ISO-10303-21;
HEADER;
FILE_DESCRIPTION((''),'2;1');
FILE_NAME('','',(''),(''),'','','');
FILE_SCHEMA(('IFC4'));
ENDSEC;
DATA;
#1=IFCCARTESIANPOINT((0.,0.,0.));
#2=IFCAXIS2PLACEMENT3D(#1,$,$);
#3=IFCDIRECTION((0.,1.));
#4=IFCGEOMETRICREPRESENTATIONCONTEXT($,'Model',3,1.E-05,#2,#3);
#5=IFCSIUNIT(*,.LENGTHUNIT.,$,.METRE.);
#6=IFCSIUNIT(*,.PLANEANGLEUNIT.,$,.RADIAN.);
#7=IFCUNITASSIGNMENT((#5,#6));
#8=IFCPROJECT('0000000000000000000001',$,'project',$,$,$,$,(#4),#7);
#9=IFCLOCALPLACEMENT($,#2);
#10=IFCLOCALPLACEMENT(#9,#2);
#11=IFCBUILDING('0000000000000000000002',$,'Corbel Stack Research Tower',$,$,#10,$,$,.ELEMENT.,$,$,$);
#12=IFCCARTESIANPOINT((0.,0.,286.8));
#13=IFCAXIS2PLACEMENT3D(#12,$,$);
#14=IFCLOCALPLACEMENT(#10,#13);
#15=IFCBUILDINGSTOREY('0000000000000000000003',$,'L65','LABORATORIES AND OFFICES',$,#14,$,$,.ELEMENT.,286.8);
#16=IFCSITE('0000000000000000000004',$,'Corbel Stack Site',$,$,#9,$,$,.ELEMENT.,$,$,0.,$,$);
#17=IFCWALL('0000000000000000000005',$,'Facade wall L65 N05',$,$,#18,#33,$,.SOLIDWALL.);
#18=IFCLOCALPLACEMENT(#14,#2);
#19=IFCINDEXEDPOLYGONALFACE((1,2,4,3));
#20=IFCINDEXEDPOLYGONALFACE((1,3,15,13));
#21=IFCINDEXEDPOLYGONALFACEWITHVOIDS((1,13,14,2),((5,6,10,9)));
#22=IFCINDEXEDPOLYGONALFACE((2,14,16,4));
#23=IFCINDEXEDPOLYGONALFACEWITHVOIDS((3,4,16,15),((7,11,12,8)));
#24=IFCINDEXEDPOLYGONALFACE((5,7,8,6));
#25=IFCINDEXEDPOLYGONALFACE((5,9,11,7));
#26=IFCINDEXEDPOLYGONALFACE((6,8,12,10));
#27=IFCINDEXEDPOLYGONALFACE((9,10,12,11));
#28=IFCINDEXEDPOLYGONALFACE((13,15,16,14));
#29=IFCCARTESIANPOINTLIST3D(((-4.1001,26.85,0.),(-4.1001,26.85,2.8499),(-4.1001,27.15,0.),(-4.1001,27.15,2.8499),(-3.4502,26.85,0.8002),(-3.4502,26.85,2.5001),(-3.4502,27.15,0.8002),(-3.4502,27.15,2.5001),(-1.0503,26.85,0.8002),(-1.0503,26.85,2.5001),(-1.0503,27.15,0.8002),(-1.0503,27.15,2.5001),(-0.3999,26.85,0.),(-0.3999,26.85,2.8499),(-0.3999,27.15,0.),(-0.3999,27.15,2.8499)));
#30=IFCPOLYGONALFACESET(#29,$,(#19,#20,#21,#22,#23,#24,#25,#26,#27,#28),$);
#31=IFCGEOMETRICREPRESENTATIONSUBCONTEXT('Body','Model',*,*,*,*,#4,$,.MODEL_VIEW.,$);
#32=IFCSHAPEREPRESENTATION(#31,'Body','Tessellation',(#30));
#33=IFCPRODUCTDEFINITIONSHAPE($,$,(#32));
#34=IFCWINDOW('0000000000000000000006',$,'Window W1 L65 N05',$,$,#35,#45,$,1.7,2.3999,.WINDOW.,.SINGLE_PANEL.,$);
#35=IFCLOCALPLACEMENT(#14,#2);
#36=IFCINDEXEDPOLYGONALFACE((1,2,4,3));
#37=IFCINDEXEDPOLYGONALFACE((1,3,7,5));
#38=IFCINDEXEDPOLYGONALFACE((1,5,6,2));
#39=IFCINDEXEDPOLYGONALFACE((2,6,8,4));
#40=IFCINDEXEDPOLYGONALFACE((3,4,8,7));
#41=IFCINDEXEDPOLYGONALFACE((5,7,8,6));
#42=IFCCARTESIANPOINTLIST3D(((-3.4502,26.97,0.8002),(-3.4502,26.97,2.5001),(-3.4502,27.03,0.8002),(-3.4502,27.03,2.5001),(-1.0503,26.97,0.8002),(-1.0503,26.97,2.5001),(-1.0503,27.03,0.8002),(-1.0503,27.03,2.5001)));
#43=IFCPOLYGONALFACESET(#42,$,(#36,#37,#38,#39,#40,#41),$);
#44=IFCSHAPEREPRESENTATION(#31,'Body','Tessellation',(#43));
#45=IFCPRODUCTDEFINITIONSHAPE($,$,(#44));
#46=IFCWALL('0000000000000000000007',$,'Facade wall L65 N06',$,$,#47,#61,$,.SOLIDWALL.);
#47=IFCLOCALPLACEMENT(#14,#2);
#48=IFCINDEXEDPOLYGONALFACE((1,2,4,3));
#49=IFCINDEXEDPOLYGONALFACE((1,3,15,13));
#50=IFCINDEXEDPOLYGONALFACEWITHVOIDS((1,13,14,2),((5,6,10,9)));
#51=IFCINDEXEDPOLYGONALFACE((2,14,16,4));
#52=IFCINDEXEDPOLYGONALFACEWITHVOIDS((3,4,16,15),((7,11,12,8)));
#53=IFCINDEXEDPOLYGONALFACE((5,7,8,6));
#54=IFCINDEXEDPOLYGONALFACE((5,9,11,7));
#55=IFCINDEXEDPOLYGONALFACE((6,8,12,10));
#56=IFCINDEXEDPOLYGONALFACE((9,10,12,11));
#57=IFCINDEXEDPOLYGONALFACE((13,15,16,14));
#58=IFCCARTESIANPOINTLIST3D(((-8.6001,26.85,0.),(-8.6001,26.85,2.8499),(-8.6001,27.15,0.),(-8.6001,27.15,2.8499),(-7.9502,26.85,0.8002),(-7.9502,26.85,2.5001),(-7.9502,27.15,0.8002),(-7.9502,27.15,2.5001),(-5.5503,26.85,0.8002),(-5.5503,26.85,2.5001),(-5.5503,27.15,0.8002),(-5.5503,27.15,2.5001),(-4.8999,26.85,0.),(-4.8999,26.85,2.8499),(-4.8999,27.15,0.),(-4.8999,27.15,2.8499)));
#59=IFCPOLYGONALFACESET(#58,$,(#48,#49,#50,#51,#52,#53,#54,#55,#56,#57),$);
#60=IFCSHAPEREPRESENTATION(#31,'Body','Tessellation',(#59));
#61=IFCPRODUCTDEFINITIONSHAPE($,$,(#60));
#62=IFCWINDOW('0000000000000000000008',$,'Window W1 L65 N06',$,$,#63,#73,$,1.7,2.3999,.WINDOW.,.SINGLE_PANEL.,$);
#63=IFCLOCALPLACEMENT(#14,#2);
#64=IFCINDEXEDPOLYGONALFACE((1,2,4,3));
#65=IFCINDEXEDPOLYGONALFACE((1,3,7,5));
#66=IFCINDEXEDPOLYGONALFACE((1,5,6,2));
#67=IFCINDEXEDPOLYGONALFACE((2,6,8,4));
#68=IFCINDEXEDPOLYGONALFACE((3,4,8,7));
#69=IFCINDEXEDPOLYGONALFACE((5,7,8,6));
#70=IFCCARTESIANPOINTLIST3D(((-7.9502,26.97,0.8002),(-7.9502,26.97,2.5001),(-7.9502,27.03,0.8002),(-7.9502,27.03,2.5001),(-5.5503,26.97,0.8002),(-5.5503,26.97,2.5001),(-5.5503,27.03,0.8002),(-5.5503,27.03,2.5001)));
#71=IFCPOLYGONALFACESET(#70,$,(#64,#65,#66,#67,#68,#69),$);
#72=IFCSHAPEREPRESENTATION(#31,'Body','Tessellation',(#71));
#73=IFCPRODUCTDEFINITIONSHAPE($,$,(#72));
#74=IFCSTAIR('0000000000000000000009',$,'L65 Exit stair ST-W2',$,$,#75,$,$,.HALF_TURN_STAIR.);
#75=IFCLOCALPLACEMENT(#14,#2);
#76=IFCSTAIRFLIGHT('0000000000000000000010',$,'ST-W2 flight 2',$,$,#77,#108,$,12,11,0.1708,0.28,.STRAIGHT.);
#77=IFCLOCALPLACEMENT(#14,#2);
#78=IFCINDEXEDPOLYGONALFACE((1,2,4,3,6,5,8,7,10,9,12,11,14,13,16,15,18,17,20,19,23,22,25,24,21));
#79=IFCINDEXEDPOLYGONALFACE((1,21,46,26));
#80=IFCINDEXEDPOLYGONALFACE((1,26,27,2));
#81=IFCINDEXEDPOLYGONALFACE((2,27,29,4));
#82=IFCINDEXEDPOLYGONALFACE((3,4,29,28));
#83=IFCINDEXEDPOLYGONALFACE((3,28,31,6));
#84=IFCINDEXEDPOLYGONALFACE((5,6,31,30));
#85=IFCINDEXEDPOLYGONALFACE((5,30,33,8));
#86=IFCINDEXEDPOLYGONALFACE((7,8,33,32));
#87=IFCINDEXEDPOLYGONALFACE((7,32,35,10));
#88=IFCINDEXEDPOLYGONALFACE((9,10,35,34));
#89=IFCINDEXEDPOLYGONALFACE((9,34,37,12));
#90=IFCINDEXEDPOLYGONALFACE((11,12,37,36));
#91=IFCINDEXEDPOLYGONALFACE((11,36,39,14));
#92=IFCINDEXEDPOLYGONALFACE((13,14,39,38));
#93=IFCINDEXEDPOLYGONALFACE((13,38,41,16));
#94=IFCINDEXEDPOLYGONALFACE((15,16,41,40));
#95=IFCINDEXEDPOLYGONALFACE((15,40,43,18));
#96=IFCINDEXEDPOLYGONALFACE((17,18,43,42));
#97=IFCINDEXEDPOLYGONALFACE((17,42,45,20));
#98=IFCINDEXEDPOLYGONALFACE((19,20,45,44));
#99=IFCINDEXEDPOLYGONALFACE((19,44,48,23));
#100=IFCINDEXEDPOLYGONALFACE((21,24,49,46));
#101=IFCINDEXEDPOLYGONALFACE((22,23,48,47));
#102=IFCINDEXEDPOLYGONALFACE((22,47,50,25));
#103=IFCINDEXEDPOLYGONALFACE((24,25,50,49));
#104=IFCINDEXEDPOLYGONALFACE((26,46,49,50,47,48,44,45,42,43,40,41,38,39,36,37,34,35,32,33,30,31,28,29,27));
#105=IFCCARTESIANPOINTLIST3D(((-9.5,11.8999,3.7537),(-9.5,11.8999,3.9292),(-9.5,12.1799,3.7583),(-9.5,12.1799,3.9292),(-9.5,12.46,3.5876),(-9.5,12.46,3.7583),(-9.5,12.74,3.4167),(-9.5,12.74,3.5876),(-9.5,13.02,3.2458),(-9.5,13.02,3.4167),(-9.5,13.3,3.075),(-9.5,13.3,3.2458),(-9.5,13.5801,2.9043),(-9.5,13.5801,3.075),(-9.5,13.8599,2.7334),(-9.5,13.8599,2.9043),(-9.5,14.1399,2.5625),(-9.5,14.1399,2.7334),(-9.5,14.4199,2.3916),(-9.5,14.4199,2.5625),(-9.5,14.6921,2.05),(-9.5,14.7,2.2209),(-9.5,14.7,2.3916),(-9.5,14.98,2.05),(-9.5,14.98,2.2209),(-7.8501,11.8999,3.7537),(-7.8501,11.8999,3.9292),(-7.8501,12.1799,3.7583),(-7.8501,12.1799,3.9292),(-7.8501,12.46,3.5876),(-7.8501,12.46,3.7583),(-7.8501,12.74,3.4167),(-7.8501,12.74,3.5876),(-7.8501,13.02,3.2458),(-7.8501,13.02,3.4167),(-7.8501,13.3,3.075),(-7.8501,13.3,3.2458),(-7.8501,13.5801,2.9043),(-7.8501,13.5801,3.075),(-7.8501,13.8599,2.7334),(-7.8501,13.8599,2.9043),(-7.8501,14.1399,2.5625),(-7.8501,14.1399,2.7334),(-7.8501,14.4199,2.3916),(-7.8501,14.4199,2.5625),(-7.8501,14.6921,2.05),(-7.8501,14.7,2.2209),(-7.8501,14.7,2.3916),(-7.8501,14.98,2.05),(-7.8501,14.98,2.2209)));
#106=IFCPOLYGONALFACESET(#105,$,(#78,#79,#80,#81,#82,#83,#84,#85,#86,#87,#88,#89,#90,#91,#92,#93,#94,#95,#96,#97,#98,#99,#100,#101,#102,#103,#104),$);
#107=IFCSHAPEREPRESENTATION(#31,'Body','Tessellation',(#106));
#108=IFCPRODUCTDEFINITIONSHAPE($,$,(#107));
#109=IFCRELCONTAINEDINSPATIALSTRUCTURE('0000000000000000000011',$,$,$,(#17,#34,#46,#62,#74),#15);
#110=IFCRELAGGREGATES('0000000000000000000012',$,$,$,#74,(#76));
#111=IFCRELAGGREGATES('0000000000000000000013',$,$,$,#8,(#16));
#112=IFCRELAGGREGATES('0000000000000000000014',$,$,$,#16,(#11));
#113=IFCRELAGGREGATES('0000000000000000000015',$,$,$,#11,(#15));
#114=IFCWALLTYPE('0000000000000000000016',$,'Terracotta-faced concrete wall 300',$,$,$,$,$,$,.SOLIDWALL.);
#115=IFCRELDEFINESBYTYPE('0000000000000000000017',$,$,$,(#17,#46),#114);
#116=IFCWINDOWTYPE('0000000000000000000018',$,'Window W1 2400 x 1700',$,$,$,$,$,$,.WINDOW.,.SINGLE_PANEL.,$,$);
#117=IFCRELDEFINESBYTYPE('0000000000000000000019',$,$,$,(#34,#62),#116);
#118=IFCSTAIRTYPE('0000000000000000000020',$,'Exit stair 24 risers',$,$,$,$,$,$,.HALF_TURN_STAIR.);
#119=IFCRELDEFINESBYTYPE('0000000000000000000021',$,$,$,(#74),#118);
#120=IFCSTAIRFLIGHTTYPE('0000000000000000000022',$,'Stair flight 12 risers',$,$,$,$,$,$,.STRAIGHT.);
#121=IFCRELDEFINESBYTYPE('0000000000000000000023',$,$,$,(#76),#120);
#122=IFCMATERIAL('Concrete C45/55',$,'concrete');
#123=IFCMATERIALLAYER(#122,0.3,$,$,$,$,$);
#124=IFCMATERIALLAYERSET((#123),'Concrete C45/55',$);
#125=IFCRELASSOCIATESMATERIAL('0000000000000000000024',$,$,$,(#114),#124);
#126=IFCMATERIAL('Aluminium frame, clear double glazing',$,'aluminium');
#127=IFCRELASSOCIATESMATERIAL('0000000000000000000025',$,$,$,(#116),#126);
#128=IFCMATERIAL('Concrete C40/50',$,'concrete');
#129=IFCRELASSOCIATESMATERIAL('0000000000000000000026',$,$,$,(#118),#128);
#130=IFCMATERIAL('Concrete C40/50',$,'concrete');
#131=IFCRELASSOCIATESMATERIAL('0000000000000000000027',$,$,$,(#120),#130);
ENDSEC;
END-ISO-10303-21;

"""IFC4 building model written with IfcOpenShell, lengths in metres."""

from ifc_helpers import new_model, si_unit, direction, frame, frame_2d, origin, place, context, subcontext, project, spatial, polyline, rectangle, outline, extrude, material, layer, layer_set, type_object, element, fill, aggregate, save


model = new_model("IFC4")

# Units and contexts
model_context = context("Model", 3, precision=1e-05, world=origin(), true_north=direction((0.0, 1.0)))
body_context = subcontext(model_context, "Body", "Model", "MODEL_VIEW")
ifc_project = project(units=[si_unit("LENGTHUNIT", "METRE"), si_unit("PLANEANGLEUNIT", "RADIAN")], contexts=[model_context])

# Site, building, storey
site_placement = place(None, origin())
site = spatial("IfcSite", under=ifc_project, at=site_placement, Name="Corbel Stack Site", CompositionType="ELEMENT", RefElevation=0.0)
building_placement = place(site_placement, origin())
building = spatial("IfcBuilding", under=site, at=building_placement, Name="Corbel Stack Research Tower", CompositionType="ELEMENT")
storey_placement = place(building_placement, frame((0.0, 0.0, 286.8)))
storey = spatial("IfcBuildingStorey", under=building, at=storey_placement, Name="L65", Description="LABORATORIES AND OFFICES", CompositionType="ELEMENT", Elevation=286.8)

# Walls, openings, windows
ifc_material_1 = material(Name="Concrete C45/55", Category="concrete")
ifc_layer_1 = layer(ifc_material_1, 0.3)
ifc_layer_set_1 = layer_set([ifc_layer_1], Name="Concrete C45/55")
wall_type_1 = type_object("IfcWallType", Name="Terracotta-faced concrete wall 300", PredefinedType="SOLIDWALL", material=ifc_layer_set_1)
wall_1_placement = place(storey_placement, frame((-4.1001, 27.0, 0.0), z_axis=(0.0, 0.0, 1.0), x_axis=(1.0, 0.0, 0.0)))
wall_1 = element("IfcWall", 1, at=wall_1_placement, inside=storey, type_object=wall_type_1, Name="Facade wall L65 N05", PredefinedType="SOLIDWALL", context=body_context, shape_type="SweptSolid", body=[
    extrude(rectangle(XDim=3.7002, YDim=0.3, at=frame_2d((1.8501, 0.0))), origin(), (0.0, 0.0, 1.0), 2.8499),
])
opening_1_placement = place(wall_1_placement, frame((0.6499, 0.0, 0.8)))
opening_1 = element("IfcOpeningElement", 2, at=opening_1_placement, cuts=wall_1, PredefinedType="OPENING", context=body_context, shape_type="SweptSolid", body=[
    extrude(rectangle(XDim=2.3999, YDim=1.7, at=frame_2d((1.2, 0.8501))), frame((0.0, 0.1599, 0.0), z_axis=(0.0, -1.0, 0.0), x_axis=(1.0, 0.0, 0.0)), (0.0, 0.0, 1.0), 0.3201),
])
ifc_material_2 = material(Name="Aluminium frame, clear double glazing", Category="aluminium")
window_type = type_object("IfcWindowType", Name="Window W1 2400 x 1700", PartitioningType="SINGLE_PANEL", PredefinedType="WINDOW", material=ifc_material_2)
window_1_placement = place(opening_1_placement, origin())
window_1 = element("IfcWindow", 3, at=window_1_placement, inside=storey, type_object=window_type, Name="Window W1 L65 N05", OverallHeight=1.7, OverallWidth=2.3999, PartitioningType="SINGLE_PANEL", PredefinedType="WINDOW", context=body_context, shape_type="SweptSolid", body=[
    extrude(rectangle(XDim=2.3999, YDim=1.7, at=frame_2d((1.2, 0.8501))), frame((0.0, 0.03, 0.0), z_axis=(0.0, -1.0, 0.0), x_axis=(1.0, 0.0, 0.0)), (0.0, 0.0, 1.0), 0.0601),
])
fill(opening_1, window_1)
wall_2_placement = place(storey_placement, frame((-8.6001, 27.0, 0.0), z_axis=(0.0, 0.0, 1.0), x_axis=(1.0, 0.0, 0.0)))
wall_2 = element("IfcWall", 4, at=wall_2_placement, inside=storey, type_object=wall_type_1, Name="Facade wall L65 N06", PredefinedType="SOLIDWALL", context=body_context, shape_type="SweptSolid", body=[
    extrude(rectangle(XDim=3.7002, YDim=0.3, at=frame_2d((1.8501, 0.0))), origin(), (0.0, 0.0, 1.0), 2.8499),
])
opening_2_placement = place(wall_2_placement, frame((0.6499, 0.0, 0.8)))
opening_2 = element("IfcOpeningElement", 5, at=opening_2_placement, cuts=wall_2, PredefinedType="OPENING", context=body_context, shape_type="SweptSolid", body=[
    extrude(rectangle(XDim=2.3999, YDim=1.7, at=frame_2d((1.2, 0.8501))), frame((0.0, 0.1599, 0.0), z_axis=(0.0, -1.0, 0.0), x_axis=(1.0, 0.0, 0.0)), (0.0, 0.0, 1.0), 0.3201),
])
window_2_placement = place(opening_2_placement, origin())
window_2 = element("IfcWindow", 6, at=window_2_placement, inside=storey, type_object=window_type, Name="Window W1 L65 N06", OverallHeight=1.7, OverallWidth=2.3999, PartitioningType="SINGLE_PANEL", PredefinedType="WINDOW", context=body_context, shape_type="SweptSolid", body=[
    extrude(rectangle(XDim=2.3999, YDim=1.7, at=frame_2d((1.2, 0.8501))), frame((0.0, 0.03, 0.0), z_axis=(0.0, -1.0, 0.0), x_axis=(1.0, 0.0, 0.0)), (0.0, 0.0, 1.0), 0.0601),
])
fill(opening_2, window_2)

# Stair, stair flight
ifc_material_3 = material(Name="Concrete C40/50", Category="concrete")
stair_type = type_object("IfcStairType", Name="Exit stair 24 risers", PredefinedType="HALF_TURN_STAIR", material=ifc_material_3)
stair_placement = place(storey_placement, origin())
stair = element("IfcStair", 7, at=stair_placement, inside=storey, type_object=stair_type, Name="L65 Exit stair ST-W2", PredefinedType="HALF_TURN_STAIR")
ifc_material_4 = material(Name="Concrete C40/50", Category="concrete")
stair_flight_type = type_object("IfcStairFlightType", Name="Stair flight 12 risers", PredefinedType="STRAIGHT", material=ifc_material_4)
stair_flight_placement = place(storey_placement, frame((-8.675, 14.98, 2.05), z_axis=(0.0, 0.0, 1.0), x_axis=(0.0, -1.0, 0.0)))
stair_flight = element("IfcStairFlight", 8, at=stair_flight_placement, type_object=stair_flight_type, Name="ST-W2 flight 2", NumberOfRisers=12, NumberOfTreads=11, PredefinedType="STRAIGHT", RiserHeight=0.1708, TreadLength=0.28, context=body_context, shape_type="SweptSolid", body=[
    extrude(outline(polyline([(0.0, 0.0), (0.0, 0.1709), (0.28, 0.1709), (0.28, 0.3416), (0.5601, 0.3416), (0.5601, 0.5125), (0.8401, 0.5125), (0.8401, 0.6833), (1.1201, 0.6833), (1.1201, 0.8542), (1.3999, 0.8542), (1.3999, 1.0249), (1.6799, 1.0249), (1.6799, 1.1958), (1.96, 1.1958), (1.96, 1.3667), (2.24, 1.3667), (2.24, 1.5376), (2.52, 1.5376), (2.52, 1.7083), (2.8, 1.7083), (2.8, 1.8792), (3.0801, 1.8792), (3.0801, 2.05), (3.0801, 1.7036), (0.2878, 0.0), (0.0, 0.0)])), frame((0.0, 0.825, 0.0), z_axis=(0.0, -1.0, 0.0), x_axis=(1.0, 0.0, 0.0)), (0.0, 0.0, 1.0), 1.6499),
])
aggregate(stair, [stair_flight])

save(model, "model.ifc")
